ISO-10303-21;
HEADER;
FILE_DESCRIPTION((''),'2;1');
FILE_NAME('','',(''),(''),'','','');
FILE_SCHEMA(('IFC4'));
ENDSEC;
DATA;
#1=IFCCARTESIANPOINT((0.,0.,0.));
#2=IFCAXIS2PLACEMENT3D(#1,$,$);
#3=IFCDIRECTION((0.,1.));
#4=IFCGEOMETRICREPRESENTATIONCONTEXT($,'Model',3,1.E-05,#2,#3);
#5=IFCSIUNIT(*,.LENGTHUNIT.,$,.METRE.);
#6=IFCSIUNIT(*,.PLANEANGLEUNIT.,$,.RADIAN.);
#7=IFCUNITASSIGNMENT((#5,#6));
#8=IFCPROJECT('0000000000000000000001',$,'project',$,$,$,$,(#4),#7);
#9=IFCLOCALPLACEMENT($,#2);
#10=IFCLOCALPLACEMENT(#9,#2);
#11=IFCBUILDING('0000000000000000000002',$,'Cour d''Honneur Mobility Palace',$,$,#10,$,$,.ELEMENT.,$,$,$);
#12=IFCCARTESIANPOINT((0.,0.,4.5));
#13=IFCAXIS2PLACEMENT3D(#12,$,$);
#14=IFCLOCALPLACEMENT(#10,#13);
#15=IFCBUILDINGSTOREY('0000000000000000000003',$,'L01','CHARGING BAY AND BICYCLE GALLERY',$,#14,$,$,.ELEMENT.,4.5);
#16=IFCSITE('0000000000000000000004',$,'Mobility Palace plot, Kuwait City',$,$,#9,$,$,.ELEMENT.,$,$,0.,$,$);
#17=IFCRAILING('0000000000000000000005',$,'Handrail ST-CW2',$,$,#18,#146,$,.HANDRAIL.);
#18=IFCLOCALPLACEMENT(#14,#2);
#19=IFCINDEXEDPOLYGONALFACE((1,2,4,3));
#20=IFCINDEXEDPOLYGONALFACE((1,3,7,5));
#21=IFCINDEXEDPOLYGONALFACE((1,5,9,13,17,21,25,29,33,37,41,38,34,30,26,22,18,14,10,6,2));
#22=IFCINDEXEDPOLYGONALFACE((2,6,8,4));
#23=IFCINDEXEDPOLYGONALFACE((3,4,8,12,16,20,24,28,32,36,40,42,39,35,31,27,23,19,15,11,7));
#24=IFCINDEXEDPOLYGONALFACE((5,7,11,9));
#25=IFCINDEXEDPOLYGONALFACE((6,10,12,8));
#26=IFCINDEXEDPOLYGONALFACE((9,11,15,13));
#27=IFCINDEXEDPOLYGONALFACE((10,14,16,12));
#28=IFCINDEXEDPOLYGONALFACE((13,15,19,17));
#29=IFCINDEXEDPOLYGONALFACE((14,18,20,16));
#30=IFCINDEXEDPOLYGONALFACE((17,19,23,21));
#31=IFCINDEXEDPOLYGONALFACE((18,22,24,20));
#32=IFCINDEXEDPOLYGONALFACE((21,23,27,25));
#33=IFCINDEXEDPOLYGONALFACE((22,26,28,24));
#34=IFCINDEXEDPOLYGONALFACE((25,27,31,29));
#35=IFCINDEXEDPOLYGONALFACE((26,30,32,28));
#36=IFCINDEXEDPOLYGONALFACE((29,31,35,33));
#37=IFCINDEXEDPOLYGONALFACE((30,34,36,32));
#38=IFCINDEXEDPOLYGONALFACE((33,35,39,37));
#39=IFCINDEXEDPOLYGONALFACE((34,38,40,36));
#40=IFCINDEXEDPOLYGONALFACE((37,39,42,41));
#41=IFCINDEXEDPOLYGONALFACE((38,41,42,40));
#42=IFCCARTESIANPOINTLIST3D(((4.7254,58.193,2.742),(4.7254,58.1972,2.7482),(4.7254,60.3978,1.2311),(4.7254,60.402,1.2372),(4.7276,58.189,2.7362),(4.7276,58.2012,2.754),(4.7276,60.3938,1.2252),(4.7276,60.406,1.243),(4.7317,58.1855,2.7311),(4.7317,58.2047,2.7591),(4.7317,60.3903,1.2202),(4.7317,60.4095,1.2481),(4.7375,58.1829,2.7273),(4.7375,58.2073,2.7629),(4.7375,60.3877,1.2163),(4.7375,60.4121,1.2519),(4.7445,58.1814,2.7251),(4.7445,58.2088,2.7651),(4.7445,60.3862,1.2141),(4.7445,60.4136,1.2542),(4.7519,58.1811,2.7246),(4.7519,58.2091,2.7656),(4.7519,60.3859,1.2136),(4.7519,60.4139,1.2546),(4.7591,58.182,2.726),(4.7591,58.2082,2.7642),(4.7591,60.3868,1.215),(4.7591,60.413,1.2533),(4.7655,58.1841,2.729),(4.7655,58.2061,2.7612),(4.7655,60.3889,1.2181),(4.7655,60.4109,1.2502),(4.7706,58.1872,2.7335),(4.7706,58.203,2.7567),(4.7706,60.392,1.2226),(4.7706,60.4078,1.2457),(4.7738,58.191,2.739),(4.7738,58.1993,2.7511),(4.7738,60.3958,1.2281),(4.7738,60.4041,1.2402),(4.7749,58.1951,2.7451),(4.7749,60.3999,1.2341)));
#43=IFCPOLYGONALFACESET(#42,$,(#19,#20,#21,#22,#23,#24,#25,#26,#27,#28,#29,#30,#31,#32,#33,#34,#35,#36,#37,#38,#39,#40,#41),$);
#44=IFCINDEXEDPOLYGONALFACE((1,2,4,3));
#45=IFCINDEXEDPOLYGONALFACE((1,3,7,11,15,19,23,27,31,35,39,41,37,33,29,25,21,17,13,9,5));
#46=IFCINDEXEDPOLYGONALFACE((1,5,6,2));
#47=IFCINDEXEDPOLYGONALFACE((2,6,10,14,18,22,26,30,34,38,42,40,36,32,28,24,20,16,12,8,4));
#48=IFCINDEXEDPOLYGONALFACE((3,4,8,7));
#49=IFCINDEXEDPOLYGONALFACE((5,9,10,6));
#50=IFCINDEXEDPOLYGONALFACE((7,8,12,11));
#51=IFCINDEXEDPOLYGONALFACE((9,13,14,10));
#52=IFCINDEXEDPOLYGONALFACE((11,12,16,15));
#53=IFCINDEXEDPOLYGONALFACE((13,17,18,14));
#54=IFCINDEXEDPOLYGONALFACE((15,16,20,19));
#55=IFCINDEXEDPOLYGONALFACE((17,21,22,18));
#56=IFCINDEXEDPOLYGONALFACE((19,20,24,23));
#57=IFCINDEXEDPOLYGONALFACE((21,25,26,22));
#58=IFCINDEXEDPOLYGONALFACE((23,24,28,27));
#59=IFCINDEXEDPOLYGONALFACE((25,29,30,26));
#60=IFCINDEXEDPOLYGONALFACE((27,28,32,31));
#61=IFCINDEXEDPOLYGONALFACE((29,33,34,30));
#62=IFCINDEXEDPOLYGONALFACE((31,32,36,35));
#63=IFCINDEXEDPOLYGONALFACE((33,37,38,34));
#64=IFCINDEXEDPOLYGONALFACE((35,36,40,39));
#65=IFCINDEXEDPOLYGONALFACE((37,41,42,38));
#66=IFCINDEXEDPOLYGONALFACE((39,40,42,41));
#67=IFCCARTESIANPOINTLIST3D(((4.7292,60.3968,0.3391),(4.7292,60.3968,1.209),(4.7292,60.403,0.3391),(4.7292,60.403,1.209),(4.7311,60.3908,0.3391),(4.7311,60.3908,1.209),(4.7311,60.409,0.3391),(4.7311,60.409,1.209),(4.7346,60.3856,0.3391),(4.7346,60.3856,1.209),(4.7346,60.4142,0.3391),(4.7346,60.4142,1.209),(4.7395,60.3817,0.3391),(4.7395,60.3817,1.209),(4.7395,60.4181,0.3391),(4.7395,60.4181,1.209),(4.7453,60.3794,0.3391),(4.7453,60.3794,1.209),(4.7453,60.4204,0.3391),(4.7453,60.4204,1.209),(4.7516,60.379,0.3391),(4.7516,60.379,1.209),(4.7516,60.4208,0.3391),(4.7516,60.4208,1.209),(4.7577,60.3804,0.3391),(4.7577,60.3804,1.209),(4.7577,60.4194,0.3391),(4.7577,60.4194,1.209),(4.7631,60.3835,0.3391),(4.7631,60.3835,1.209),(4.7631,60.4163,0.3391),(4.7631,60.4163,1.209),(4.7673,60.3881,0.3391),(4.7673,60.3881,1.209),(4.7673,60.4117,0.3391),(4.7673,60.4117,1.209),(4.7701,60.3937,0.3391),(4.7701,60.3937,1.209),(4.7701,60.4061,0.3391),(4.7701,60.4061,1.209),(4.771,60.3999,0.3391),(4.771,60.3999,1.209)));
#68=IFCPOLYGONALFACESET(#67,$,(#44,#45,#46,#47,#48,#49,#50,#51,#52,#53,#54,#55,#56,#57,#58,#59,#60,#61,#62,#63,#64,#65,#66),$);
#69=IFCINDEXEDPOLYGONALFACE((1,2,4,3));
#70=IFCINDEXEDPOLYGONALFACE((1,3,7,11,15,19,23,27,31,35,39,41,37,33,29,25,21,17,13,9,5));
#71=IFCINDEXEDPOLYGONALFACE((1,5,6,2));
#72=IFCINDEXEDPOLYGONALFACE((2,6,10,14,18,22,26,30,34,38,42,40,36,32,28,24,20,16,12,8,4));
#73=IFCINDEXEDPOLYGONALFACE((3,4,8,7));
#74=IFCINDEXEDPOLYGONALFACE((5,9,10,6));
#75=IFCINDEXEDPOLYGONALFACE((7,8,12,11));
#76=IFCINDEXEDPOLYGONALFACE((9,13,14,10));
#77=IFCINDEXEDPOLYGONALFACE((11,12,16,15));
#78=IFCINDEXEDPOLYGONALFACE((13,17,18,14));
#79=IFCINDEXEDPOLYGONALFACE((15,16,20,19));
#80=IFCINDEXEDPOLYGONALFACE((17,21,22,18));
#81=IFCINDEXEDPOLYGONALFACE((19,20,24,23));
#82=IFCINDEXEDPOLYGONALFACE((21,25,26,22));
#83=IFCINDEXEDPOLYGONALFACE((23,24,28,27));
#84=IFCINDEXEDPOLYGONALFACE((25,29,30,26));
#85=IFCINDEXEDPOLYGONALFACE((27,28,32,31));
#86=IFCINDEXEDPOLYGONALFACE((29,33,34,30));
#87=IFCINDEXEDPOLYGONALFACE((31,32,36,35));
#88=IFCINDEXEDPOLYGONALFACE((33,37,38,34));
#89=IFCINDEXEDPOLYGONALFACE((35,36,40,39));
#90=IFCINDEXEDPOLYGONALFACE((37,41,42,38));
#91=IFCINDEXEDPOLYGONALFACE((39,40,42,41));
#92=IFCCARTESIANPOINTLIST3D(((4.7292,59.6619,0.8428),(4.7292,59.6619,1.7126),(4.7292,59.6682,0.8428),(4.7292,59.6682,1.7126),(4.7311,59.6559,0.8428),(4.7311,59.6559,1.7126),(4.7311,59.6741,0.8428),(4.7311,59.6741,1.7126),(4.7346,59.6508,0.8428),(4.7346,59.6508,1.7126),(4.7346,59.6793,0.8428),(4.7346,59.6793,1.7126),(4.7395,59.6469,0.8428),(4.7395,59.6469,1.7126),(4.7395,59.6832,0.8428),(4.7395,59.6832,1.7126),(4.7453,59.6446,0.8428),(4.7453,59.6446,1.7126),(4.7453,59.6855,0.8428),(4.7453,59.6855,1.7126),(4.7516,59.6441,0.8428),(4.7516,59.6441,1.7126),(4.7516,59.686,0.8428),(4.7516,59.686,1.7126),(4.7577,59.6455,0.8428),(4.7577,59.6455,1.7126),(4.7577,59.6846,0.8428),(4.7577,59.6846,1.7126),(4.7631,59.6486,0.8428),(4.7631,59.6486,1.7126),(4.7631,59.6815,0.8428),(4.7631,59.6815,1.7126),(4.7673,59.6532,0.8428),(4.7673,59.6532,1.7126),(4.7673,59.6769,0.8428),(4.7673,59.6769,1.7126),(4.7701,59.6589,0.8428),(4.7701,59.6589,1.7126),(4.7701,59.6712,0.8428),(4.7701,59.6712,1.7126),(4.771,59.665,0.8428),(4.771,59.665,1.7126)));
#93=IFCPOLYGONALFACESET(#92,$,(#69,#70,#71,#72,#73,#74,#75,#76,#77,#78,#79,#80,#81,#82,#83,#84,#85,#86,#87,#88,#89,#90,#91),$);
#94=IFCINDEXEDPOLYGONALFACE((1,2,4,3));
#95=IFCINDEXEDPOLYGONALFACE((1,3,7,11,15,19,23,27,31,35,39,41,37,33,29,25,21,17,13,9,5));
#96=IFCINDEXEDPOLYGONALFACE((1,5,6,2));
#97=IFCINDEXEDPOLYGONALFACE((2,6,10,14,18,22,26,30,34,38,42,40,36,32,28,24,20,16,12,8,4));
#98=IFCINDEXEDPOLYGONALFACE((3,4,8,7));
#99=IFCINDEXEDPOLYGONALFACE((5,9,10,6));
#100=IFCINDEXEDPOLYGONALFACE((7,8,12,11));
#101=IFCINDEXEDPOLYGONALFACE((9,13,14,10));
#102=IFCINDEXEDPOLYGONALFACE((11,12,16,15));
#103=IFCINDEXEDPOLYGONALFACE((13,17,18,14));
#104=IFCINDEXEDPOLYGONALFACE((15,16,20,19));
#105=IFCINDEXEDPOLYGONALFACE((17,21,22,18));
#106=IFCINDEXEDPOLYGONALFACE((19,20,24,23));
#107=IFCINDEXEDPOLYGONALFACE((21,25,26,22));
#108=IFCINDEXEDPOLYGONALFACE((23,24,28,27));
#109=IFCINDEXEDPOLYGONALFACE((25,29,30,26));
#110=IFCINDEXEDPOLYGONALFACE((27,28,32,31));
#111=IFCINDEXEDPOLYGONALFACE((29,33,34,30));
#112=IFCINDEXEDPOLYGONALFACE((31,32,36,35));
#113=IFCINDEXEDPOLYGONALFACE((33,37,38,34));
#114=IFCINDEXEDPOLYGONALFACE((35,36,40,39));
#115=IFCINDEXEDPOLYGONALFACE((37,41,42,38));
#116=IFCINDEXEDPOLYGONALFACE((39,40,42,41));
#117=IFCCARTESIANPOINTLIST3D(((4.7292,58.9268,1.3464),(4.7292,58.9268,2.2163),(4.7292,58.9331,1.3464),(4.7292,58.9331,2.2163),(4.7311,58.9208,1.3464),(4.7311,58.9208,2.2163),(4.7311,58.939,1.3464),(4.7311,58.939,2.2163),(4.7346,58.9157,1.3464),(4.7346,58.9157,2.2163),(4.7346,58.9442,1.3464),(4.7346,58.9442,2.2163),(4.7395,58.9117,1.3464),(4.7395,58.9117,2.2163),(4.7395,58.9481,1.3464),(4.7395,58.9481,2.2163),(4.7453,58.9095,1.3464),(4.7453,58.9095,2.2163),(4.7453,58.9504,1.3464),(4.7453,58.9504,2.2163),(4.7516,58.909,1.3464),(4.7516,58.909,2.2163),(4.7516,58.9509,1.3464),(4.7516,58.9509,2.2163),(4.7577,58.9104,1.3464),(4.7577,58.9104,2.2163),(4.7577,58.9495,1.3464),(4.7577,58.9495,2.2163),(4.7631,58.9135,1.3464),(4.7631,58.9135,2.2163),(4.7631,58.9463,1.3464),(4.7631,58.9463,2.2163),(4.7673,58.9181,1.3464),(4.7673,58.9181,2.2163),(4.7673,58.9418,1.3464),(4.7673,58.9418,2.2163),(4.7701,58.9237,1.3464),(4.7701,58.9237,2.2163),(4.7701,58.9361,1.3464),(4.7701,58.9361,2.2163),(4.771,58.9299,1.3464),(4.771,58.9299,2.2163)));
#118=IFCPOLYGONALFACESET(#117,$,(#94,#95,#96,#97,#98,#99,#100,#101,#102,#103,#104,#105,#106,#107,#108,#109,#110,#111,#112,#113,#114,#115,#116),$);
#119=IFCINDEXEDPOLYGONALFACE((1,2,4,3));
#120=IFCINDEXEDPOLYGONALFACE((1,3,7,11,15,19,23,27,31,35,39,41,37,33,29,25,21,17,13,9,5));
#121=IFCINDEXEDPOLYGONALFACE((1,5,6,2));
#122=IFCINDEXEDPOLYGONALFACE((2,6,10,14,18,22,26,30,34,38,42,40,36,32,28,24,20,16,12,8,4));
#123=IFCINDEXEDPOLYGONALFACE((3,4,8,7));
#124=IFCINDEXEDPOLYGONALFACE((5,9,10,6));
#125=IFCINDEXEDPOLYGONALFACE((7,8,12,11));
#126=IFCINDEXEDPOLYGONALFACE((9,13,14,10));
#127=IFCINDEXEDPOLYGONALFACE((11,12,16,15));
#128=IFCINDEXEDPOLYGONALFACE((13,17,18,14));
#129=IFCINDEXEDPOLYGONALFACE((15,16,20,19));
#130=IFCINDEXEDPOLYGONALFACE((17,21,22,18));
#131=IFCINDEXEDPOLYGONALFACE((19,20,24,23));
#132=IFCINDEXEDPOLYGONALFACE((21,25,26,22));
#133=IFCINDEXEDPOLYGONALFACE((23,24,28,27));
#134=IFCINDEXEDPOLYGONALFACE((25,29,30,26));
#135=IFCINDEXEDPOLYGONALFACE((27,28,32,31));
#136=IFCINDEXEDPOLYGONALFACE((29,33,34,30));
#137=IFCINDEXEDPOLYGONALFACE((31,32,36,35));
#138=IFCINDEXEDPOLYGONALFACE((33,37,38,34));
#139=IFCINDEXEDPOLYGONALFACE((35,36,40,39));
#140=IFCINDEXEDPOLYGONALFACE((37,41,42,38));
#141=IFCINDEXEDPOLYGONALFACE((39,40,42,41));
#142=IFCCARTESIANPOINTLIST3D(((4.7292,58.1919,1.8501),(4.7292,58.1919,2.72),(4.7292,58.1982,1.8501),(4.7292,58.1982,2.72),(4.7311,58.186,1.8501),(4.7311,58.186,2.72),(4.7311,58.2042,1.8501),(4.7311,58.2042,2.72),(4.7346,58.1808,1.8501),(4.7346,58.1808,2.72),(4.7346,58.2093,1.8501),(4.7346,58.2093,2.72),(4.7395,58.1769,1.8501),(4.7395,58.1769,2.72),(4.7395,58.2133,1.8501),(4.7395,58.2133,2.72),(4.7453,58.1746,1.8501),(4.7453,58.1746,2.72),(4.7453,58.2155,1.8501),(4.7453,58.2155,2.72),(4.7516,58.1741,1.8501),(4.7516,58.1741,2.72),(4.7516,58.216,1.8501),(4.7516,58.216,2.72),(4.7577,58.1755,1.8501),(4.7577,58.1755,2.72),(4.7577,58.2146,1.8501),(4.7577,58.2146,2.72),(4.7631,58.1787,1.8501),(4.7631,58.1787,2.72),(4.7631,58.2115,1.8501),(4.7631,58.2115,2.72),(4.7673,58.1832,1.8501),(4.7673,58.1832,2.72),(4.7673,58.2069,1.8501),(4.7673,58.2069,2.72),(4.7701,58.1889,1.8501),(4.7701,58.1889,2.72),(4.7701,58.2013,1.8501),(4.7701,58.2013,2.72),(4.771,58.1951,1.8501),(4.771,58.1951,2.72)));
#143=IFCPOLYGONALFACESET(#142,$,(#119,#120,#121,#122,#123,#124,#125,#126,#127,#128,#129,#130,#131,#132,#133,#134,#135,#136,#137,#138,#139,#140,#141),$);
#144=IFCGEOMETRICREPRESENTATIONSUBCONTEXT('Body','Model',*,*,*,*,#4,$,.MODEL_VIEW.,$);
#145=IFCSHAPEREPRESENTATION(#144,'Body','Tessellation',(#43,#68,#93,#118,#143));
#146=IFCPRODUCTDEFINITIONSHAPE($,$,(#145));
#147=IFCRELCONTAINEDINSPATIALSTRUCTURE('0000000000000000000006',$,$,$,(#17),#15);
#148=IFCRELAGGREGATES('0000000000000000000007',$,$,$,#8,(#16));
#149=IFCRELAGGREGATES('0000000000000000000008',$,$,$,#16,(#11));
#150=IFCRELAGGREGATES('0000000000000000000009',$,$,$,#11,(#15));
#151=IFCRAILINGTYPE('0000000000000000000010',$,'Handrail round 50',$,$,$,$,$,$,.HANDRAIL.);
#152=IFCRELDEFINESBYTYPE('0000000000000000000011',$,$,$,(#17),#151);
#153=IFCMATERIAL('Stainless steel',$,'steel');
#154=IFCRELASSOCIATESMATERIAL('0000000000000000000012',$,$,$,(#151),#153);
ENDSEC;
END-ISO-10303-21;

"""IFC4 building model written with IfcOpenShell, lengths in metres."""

from ifc_helpers import new_model, si_unit, direction, frame, origin, origin_2d, place, context, subcontext, project, spatial, circle, extrude, material, type_object, element, save


model = new_model("IFC4")

# Units and contexts
model_context = context("Model", 3, precision=1e-05, world=origin(), true_north=direction((0.0, 1.0)))
body_context = subcontext(model_context, "Body", "Model", "MODEL_VIEW")
ifc_project = project(units=[si_unit("LENGTHUNIT", "METRE"), si_unit("PLANEANGLEUNIT", "RADIAN")], contexts=[model_context])

# Site, building, storey
site_placement = place(None, origin())
site = spatial("IfcSite", under=ifc_project, at=site_placement, Name="Mobility Palace plot, Kuwait City", CompositionType="ELEMENT", RefElevation=0.0)
building_placement = place(site_placement, origin())
building = spatial("IfcBuilding", under=site, at=building_placement, Name="Cour d'Honneur Mobility Palace", CompositionType="ELEMENT")
storey_placement = place(building_placement, frame((0.0, 0.0, 4.5)))
storey = spatial("IfcBuildingStorey", under=building, at=storey_placement, Name="L01", Description="CHARGING BAY AND BICYCLE GALLERY", CompositionType="ELEMENT", Elevation=4.5)

# Railing
ifc_material_1 = material(Name="Stainless steel", Category="steel")
railing_type_1 = type_object("IfcRailingType", Name="Handrail round 50", PredefinedType="HANDRAIL", material=ifc_material_1)
railing_1_placement = place(storey_placement, frame((4.75, 60.3999, 0.3391)))
element("IfcRailing", 1, at=railing_1_placement, inside=storey, type_object=railing_type_1, Name="Handrail ST-CW2", PredefinedType="HANDRAIL", context=body_context, shape_type="SweptSolid", body=[
    extrude(circle(Radius=0.0249, at=origin_2d()), frame((0.0, 0.0, 0.895), z_axis=(0.0, -0.824886, 0.565299), x_axis=(1.0, 0.0, 0.0)), (0.0, 0.0, 1.0), 2.6729),
    extrude(circle(Radius=0.021, at=origin_2d()), origin(), (0.0, 0.0, 1.0), 0.8699),
    extrude(circle(Radius=0.021, at=origin_2d()), frame((0.0, -0.7349, 0.5037)), (0.0, 0.0, 1.0), 0.8699),
    extrude(circle(Radius=0.021, at=origin_2d()), frame((0.0, -1.47, 1.0073)), (0.0, 0.0, 1.0), 0.8699),
    extrude(circle(Radius=0.021, at=origin_2d()), frame((0.0, -2.2048, 1.511)), (0.0, 0.0, 1.0), 0.8699),
])

save(model, "model.ifc")
